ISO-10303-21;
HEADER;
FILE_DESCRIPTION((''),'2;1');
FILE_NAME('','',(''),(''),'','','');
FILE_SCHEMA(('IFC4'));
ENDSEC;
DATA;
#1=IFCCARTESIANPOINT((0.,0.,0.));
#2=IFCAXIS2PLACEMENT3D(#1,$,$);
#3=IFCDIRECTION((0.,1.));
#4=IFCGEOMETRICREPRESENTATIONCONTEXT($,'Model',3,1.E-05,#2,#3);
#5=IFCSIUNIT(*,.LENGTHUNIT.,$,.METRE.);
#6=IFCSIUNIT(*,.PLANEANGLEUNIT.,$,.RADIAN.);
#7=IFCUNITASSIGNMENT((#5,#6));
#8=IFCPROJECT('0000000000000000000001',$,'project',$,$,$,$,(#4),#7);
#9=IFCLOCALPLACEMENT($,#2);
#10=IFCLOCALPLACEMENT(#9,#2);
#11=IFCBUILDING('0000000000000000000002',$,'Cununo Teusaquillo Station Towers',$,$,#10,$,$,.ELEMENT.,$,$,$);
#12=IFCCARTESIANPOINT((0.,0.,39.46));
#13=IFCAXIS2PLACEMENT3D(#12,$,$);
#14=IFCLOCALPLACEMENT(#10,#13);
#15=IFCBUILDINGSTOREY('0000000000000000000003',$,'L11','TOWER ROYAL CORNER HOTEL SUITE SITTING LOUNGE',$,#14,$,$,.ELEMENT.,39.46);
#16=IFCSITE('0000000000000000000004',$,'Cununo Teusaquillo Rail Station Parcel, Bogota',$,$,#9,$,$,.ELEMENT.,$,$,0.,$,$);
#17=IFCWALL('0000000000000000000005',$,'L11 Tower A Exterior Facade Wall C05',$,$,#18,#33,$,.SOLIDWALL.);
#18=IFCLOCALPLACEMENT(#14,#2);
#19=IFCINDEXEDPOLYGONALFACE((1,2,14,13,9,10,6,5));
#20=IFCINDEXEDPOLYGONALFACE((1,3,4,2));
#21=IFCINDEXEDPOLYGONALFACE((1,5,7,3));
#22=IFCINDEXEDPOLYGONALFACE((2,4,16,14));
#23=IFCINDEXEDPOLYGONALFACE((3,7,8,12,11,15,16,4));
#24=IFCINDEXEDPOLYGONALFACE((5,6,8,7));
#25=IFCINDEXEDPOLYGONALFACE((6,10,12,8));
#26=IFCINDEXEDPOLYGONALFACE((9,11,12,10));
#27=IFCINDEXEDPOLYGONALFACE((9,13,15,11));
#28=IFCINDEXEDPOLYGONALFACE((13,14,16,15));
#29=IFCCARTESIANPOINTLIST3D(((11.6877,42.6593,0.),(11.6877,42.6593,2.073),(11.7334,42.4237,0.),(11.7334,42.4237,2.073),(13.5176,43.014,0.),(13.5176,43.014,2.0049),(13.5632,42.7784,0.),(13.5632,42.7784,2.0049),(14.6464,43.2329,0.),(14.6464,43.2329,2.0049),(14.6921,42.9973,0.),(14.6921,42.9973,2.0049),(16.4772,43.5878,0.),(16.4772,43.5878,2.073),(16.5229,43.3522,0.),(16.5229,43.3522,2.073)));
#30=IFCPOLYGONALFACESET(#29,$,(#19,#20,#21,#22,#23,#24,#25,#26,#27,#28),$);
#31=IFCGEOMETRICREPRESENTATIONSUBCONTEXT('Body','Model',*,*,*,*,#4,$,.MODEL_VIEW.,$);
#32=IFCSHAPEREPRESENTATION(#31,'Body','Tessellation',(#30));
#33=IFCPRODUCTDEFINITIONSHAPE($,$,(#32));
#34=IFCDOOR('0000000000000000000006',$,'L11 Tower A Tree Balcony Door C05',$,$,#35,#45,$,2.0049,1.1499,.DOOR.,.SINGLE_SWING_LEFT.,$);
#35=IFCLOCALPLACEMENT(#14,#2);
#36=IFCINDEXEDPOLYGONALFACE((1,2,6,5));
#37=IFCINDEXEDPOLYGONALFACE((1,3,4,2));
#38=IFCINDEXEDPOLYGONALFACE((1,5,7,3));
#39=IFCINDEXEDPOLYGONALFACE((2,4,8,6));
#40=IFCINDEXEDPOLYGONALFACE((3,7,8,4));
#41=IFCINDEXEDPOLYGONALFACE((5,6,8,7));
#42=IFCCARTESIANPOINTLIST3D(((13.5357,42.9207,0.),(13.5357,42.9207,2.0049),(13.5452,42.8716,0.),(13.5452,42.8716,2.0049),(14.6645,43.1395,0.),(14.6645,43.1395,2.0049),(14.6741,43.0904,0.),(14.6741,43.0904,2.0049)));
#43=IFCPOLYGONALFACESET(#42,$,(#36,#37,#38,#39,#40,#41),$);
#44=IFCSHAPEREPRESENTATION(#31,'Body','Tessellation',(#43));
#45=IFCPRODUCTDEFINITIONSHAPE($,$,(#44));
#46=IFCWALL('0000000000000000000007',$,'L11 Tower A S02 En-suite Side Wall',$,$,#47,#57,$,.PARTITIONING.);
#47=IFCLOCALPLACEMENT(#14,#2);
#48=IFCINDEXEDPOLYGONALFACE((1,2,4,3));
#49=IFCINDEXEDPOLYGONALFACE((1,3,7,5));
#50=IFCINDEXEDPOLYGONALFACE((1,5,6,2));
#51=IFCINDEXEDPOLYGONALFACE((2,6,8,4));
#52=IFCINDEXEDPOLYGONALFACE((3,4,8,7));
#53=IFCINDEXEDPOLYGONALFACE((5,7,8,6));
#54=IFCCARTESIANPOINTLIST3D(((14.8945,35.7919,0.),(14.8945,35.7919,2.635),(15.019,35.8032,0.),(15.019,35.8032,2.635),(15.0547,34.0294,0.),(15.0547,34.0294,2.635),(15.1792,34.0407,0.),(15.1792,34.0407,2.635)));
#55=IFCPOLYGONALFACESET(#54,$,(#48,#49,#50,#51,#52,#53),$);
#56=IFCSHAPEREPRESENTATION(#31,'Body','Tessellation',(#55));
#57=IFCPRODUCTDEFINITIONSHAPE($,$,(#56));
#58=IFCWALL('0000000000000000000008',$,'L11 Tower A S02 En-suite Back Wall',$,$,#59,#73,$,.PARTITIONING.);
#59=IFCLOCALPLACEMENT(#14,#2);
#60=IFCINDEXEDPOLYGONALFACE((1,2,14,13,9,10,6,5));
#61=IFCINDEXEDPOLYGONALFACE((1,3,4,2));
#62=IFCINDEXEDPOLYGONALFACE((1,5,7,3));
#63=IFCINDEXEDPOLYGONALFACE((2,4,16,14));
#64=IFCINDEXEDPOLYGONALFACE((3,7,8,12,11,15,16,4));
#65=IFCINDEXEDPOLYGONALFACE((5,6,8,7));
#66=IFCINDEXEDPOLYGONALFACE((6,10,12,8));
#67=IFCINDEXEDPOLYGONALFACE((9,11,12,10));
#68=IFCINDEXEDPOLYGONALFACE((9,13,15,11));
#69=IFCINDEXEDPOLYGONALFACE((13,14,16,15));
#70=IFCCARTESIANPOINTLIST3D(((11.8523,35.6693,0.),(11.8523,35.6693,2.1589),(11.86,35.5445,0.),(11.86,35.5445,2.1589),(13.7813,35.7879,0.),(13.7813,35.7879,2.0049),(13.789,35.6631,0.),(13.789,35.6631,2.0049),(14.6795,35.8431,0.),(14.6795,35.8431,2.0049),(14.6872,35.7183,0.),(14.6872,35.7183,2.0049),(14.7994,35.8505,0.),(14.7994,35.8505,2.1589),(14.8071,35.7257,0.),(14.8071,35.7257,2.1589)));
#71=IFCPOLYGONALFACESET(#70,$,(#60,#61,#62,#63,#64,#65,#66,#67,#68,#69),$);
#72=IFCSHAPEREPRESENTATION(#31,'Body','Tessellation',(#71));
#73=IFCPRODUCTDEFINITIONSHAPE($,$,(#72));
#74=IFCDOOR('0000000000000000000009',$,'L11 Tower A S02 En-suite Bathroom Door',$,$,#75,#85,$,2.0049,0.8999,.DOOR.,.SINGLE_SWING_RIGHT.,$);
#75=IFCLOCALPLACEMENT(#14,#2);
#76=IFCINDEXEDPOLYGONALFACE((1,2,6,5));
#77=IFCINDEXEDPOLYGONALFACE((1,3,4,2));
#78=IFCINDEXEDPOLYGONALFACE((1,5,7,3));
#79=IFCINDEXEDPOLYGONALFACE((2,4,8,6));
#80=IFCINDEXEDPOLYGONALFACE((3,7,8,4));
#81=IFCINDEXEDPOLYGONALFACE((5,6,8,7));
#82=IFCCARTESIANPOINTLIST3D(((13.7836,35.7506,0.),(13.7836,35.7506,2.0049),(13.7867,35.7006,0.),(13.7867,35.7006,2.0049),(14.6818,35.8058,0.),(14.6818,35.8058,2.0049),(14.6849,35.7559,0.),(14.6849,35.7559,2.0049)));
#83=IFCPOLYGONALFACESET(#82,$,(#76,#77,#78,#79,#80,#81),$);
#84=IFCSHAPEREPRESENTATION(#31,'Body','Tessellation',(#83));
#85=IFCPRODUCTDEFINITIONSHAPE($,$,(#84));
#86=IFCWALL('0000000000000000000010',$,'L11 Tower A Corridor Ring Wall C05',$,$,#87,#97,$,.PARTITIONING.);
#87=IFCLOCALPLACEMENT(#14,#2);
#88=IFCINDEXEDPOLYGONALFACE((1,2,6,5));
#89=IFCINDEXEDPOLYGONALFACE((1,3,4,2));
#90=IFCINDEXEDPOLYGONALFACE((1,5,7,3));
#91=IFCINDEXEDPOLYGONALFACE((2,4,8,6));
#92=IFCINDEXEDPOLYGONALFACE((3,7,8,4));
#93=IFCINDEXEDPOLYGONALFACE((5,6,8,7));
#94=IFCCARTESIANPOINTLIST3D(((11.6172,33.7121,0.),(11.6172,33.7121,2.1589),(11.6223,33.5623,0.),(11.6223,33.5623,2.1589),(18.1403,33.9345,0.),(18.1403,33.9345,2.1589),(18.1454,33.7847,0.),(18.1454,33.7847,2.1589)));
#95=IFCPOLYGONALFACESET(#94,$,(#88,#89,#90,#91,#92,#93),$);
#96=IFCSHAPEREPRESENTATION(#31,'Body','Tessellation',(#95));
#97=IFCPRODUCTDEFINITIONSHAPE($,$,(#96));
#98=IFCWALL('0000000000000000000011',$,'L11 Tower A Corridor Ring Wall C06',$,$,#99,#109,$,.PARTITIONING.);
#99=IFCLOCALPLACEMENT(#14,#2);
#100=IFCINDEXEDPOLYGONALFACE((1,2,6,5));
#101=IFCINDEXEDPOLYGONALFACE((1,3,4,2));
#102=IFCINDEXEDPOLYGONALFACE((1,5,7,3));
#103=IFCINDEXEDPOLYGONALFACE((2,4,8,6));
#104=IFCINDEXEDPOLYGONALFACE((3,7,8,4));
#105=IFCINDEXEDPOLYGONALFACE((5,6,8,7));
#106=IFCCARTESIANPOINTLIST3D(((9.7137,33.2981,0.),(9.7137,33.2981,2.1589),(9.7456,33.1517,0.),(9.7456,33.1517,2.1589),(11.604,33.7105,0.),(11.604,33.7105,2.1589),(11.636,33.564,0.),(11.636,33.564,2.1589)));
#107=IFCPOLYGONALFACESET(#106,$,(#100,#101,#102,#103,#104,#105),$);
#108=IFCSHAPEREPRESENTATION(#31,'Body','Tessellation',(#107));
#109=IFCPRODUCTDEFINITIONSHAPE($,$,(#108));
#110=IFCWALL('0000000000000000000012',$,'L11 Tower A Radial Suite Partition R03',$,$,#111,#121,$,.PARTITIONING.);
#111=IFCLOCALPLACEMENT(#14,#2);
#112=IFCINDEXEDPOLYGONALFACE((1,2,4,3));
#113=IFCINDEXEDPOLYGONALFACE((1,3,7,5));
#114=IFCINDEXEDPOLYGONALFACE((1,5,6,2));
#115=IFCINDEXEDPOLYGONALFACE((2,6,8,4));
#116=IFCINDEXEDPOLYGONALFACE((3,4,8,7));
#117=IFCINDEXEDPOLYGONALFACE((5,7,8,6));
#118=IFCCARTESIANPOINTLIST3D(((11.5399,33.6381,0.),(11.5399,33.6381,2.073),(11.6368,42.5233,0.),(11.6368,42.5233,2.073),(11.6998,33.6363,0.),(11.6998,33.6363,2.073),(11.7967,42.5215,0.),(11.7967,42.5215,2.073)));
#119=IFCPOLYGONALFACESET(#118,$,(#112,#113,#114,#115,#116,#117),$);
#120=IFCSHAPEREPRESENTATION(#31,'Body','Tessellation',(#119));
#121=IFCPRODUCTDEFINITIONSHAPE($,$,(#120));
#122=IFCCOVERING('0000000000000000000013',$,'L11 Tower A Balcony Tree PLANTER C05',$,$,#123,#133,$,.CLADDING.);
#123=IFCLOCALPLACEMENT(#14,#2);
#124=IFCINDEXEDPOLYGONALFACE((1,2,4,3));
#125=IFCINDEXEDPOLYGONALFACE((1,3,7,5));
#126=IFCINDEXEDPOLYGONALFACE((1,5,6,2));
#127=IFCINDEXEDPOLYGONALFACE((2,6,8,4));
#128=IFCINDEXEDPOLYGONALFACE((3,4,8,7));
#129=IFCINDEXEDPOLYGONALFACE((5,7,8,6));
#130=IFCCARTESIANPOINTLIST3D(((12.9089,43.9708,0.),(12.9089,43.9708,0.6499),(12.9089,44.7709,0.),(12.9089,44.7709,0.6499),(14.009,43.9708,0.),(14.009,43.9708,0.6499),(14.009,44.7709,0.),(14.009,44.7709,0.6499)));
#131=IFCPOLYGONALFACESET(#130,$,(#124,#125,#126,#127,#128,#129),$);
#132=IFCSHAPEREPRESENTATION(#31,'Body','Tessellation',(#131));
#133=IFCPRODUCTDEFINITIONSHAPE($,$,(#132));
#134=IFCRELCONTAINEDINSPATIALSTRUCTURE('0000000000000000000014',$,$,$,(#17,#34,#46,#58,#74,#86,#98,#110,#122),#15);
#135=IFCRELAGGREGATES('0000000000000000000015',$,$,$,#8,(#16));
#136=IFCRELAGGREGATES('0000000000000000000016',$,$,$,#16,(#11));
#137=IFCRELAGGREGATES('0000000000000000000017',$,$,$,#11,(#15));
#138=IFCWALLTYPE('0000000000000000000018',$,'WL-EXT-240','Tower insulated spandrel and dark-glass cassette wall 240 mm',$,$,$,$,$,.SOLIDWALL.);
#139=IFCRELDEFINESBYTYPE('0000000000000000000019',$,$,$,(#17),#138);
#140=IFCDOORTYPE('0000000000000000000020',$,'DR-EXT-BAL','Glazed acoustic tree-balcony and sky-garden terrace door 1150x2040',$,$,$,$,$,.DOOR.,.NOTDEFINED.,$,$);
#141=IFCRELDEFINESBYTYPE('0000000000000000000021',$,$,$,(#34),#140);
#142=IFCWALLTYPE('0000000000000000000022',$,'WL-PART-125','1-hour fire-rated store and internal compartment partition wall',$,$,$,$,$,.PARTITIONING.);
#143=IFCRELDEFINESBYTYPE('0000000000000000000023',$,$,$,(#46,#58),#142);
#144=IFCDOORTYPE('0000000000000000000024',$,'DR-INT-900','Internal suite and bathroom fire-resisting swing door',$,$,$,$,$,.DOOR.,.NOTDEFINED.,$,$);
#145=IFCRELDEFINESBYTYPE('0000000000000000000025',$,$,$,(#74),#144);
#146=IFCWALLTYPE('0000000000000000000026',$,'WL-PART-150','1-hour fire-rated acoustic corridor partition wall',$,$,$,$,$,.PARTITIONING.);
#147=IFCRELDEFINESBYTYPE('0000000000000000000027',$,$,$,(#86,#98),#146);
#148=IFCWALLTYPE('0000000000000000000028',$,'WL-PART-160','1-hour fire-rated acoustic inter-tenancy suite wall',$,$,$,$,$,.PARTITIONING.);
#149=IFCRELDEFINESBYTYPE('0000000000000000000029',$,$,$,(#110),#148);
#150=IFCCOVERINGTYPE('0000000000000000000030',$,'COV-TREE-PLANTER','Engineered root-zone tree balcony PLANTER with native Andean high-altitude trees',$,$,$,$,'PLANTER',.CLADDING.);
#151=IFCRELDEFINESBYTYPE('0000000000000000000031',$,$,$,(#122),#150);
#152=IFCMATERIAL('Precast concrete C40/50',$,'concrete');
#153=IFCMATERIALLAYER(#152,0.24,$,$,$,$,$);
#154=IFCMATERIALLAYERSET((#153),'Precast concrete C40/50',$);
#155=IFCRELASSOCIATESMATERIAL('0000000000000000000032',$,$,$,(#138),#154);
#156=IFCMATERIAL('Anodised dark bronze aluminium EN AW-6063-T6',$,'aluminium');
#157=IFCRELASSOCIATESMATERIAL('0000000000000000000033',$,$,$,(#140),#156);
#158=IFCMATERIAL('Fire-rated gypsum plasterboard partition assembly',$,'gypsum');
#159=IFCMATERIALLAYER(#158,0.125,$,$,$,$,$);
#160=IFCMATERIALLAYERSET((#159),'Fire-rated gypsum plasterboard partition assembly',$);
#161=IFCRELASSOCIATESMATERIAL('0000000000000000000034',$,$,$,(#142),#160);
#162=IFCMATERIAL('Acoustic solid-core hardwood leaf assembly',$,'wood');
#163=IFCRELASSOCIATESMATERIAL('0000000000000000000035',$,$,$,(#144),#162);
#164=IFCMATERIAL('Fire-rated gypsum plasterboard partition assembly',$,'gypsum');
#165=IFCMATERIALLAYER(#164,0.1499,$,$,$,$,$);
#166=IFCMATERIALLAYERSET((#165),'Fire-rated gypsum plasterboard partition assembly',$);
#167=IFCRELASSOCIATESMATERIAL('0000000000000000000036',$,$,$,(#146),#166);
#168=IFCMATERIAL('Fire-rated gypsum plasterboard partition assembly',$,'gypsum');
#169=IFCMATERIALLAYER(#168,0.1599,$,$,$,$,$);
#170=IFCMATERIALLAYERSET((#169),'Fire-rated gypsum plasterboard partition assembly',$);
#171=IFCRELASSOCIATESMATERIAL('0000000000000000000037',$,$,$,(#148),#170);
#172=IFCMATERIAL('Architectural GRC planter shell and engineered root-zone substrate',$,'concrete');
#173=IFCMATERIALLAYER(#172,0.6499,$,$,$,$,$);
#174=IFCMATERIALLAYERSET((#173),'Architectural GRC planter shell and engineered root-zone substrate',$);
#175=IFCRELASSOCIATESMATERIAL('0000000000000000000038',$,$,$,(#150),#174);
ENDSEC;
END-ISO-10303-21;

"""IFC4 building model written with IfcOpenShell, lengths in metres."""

from ifc_helpers import new_model, si_unit, direction, frame, frame_2d, origin, origin_2d, place, context, subcontext, project, spatial, rectangle, extrude, source, transform, mapped, material, layer, layer_set, type_object, element, fill, save


model = new_model("IFC4")

# Units and contexts
model_context = context("Model", 3, precision=1e-05, world=origin(), true_north=direction((0.0, 1.0)))
body_context = subcontext(model_context, "Body", "Model", "MODEL_VIEW")
ifc_project = project(units=[si_unit("LENGTHUNIT", "METRE"), si_unit("PLANEANGLEUNIT", "RADIAN")], contexts=[model_context])

# Site, building, storey
site_placement = place(None, origin())
site = spatial("IfcSite", under=ifc_project, at=site_placement, Name="Cununo Teusaquillo Rail Station Parcel, Bogota", CompositionType="ELEMENT", RefElevation=0.0)
building_placement = place(site_placement, origin())
building = spatial("IfcBuilding", under=site, at=building_placement, Name="Cununo Teusaquillo Station Towers", CompositionType="ELEMENT")
storey_placement = place(building_placement, frame((0.0, 0.0, 39.46)))
storey = spatial("IfcBuildingStorey", under=building, at=storey_placement, Name="L11", Description="TOWER ROYAL CORNER HOTEL SUITE SITTING LOUNGE", CompositionType="ELEMENT", Elevation=39.46)

# Shared definitions
ifc_material_1 = material(Name="Precast concrete C40/50", Category="concrete")
ifc_layer_1 = layer(ifc_material_1, 0.24)
ifc_layer_set_1 = layer_set([ifc_layer_1], Name="Precast concrete C40/50")
wall_type_1 = type_object("IfcWallType", Name="WL-EXT-240", Description="Tower insulated spandrel and dark-glass cassette wall 240 mm", PredefinedType="SOLIDWALL", material=ifc_layer_set_1)

# Wall, opening, door
wall_1_placement = place(storey_placement, frame((11.7104, 42.5415, 0.0), z_axis=(0.0, 0.0, 1.0), x_axis=(0.981724, 0.19031, 0.0)))
wall_1 = element("IfcWall", 1, at=wall_1_placement, inside=storey, type_object=wall_type_1, Name="L11 Tower A Exterior Facade Wall C05", PredefinedType="SOLIDWALL", context=body_context, shape_type="SweptSolid", body=[
    extrude(rectangle(XDim=4.8787, YDim=0.24, at=frame_2d((2.4395, 0.0))), origin(), (0.0, 0.0, 1.0), 2.073),
])
shared_shape_1 = source(origin(), body_context, "Body", "SweptSolid", [
    extrude(rectangle(XDim=1.1499, YDim=2.0049, at=frame_2d((0.575, 1.0024))), frame((0.0, 0.1299, 0.0), z_axis=(0.0, -1.0, 0.0), x_axis=(1.0, 0.0, 0.0)), (0.0, 0.0, 1.0), 0.26),
])
opening_1_placement = place(wall_1_placement, frame((1.864, 0.0, 0.0)))
opening_1 = element("IfcOpeningElement", 2, at=opening_1_placement, cuts=wall_1, PredefinedType="OPENING", context=body_context, shape_type="MappedRepresentation", body=[
    mapped(shared_shape_1, transform((0.0, 0.0, 0.0), x_axis=(1.0, 0.0, 0.0), y_axis=(0.0, 1.0, 0.0), z_axis=(0.0, 0.0, 1.0), scale=1.0)),
])
ifc_material_2 = material(Name="Anodised dark bronze aluminium EN AW-6063-T6", Category="aluminium")
door_type_1 = type_object("IfcDoorType", Name="DR-EXT-BAL", Description="Glazed acoustic tree-balcony and sky-garden terrace door 1150x2040", OperationType="NOTDEFINED", PredefinedType="DOOR", material=ifc_material_2)
shared_shape_2 = source(origin(), body_context, "Body", "SweptSolid", [
    extrude(rectangle(XDim=1.1499, YDim=2.0049, at=frame_2d((0.575, 1.0024))), frame((0.0, 0.0249, 0.0), z_axis=(0.0, -1.0, 0.0), x_axis=(1.0, 0.0, 0.0)), (0.0, 0.0, 1.0), 0.05),
])
door_1_placement = place(opening_1_placement, origin())
door_1 = element("IfcDoor", 3, at=door_1_placement, inside=storey, type_object=door_type_1, Name="L11 Tower A Tree Balcony Door C05", OperationType="SINGLE_SWING_LEFT", OverallHeight=2.0049, OverallWidth=1.1499, PredefinedType="DOOR", context=body_context, shape_type="MappedRepresentation", body=[
    mapped(shared_shape_2, transform((0.0, 0.0, 0.0), x_axis=(1.0, 0.0, 0.0), y_axis=(0.0, 1.0, 0.0), z_axis=(0.0, 0.0, 1.0), scale=1.0)),
])
fill(opening_1, door_1)

# Wall
ifc_material_3 = material(Name="Fire-rated gypsum plasterboard partition assembly", Category="gypsum")
ifc_layer_2 = layer(ifc_material_3, 0.125)
ifc_layer_set_2 = layer_set([ifc_layer_2], Name="Fire-rated gypsum plasterboard partition assembly")
wall_type_2 = type_object("IfcWallType", Name="WL-PART-125", Description="1-hour fire-rated store and internal compartment partition wall", PredefinedType="PARTITIONING", material=ifc_layer_set_2)
wall_2_placement = place(storey_placement, frame((15.1169, 34.0352, 0.0), z_axis=(0.0, 0.0, 1.0), x_axis=(-0.090498, 0.995897, 0.0)))
element("IfcWall", 4, at=wall_2_placement, inside=storey, type_object=wall_type_2, Name="L11 Tower A S02 En-suite Side Wall", PredefinedType="PARTITIONING", context=body_context, shape_type="SweptSolid", body=[
    extrude(rectangle(XDim=1.7698, YDim=0.125, at=frame_2d((0.8848, 0.0))), origin(), (0.0, 0.0, 1.0), 2.635),
])

# Wall, opening, door
wall_3_placement = place(storey_placement, frame((14.8032, 35.7881, 0.0), z_axis=(0.0, 0.0, 1.0), x_axis=(-0.998116, -0.061354, 0.0)))
wall_3 = element("IfcWall", 5, at=wall_3_placement, inside=storey, type_object=wall_type_2, Name="L11 Tower A S02 En-suite Back Wall", PredefinedType="PARTITIONING", context=body_context, shape_type="SweptSolid", body=[
    extrude(rectangle(XDim=2.9526, YDim=0.125, at=frame_2d((1.4763, 0.0))), origin(), (0.0, 0.0, 1.0), 2.1589),
])
shared_shape_3 = source(origin(), body_context, "Body", "SweptSolid", [
    extrude(rectangle(XDim=0.8999, YDim=2.0049, at=frame_2d((0.45, 1.0024))), frame((0.0, 0.0725, 0.0), z_axis=(0.0, -1.0, 0.0), x_axis=(1.0, 0.0, 0.0)), (0.0, 0.0, 1.0), 0.145),
])
opening_2_placement = place(wall_3_placement, frame((0.1201, 0.0, 0.0)))
opening_2 = element("IfcOpeningElement", 6, at=opening_2_placement, cuts=wall_3, PredefinedType="OPENING", context=body_context, shape_type="MappedRepresentation", body=[
    mapped(shared_shape_3, transform((0.0, 0.0, 0.0), x_axis=(1.0, 0.0, 0.0), y_axis=(0.0, 1.0, 0.0), z_axis=(0.0, 0.0, 1.0), scale=1.0)),
])
ifc_material_4 = material(Name="Acoustic solid-core hardwood leaf assembly", Category="wood")
door_type_2 = type_object("IfcDoorType", Name="DR-INT-900", Description="Internal suite and bathroom fire-resisting swing door", OperationType="NOTDEFINED", PredefinedType="DOOR", material=ifc_material_4)
shared_shape_4 = source(origin(), body_context, "Body", "SweptSolid", [
    extrude(rectangle(XDim=0.8999, YDim=2.0049, at=frame_2d((0.45, 1.0024))), frame((0.0, 0.0249, 0.0), z_axis=(0.0, -1.0, 0.0), x_axis=(1.0, 0.0, 0.0)), (0.0, 0.0, 1.0), 0.05),
])
door_2_placement = place(opening_2_placement, origin())
door_2 = element("IfcDoor", 7, at=door_2_placement, inside=storey, type_object=door_type_2, Name="L11 Tower A S02 En-suite Bathroom Door", OperationType="SINGLE_SWING_RIGHT", OverallHeight=2.0049, OverallWidth=0.8999, PredefinedType="DOOR", context=body_context, shape_type="MappedRepresentation", body=[
    mapped(shared_shape_4, transform((0.0, 0.0, 0.0), x_axis=(1.0, 0.0, 0.0), y_axis=(0.0, 1.0, 0.0), z_axis=(0.0, 0.0, 1.0), scale=1.0)),
])
fill(opening_2, door_2)

# Walls
ifc_material_5 = material(Name="Fire-rated gypsum plasterboard partition assembly", Category="gypsum")
ifc_layer_3 = layer(ifc_material_5, 0.1499)
ifc_layer_set_3 = layer_set([ifc_layer_3], Name="Fire-rated gypsum plasterboard partition assembly")
wall_type_3 = type_object("IfcWallType", Name="WL-PART-150", Description="1-hour fire-rated acoustic corridor partition wall", PredefinedType="PARTITIONING", material=ifc_layer_set_3)
wall_4_placement = place(storey_placement, frame((18.1428, 33.8596, 0.0), z_axis=(0.0, 0.0, 1.0), x_axis=(-0.999419, -0.034077, 0.0)))
element("IfcWall", 8, at=wall_4_placement, inside=storey, type_object=wall_type_3, Name="L11 Tower A Corridor Ring Wall C05", PredefinedType="PARTITIONING", context=body_context, shape_type="SweptSolid", body=[
    extrude(rectangle(XDim=6.5269, YDim=0.1499, at=frame_2d((3.2634, 0.0))), origin(), (0.0, 0.0, 1.0), 2.1589),
])
wall_5_placement = place(storey_placement, frame((11.6199, 33.6372, 0.0), z_axis=(0.0, 0.0, 1.0), x_axis=(-0.977026, -0.213121, 0.0)))
element("IfcWall", 9, at=wall_5_placement, inside=storey, type_object=wall_type_3, Name="L11 Tower A Corridor Ring Wall C06", PredefinedType="PARTITIONING", context=body_context, shape_type="SweptSolid", body=[
    extrude(rectangle(XDim=1.9348, YDim=0.1499, at=frame_2d((0.9673, 0.0))), origin(), (0.0, 0.0, 1.0), 2.1589),
])
ifc_material_6 = material(Name="Fire-rated gypsum plasterboard partition assembly", Category="gypsum")
ifc_layer_4 = layer(ifc_material_6, 0.1599)
ifc_layer_set_4 = layer_set([ifc_layer_4], Name="Fire-rated gypsum plasterboard partition assembly")
wall_type_4 = type_object("IfcWallType", Name="WL-PART-160", Description="1-hour fire-rated acoustic inter-tenancy suite wall", PredefinedType="PARTITIONING", material=ifc_layer_set_4)
wall_6_placement = place(storey_placement, frame((11.6199, 33.6372, 0.0), z_axis=(0.0, 0.0, 1.0), x_axis=(0.010908, 0.999941, 0.0)))
element("IfcWall", 10, at=wall_6_placement, inside=storey, type_object=wall_type_4, Name="L11 Tower A Radial Suite Partition R03", PredefinedType="PARTITIONING", context=body_context, shape_type="SweptSolid", body=[
    extrude(rectangle(XDim=8.8857, YDim=0.1599, at=frame_2d((4.4429, 0.0))), origin(), (0.0, 0.0, 1.0), 2.073),
])

# Covering
ifc_material_7 = material(Name="Architectural GRC planter shell and engineered root-zone substrate", Category="concrete")
ifc_layer_5 = layer(ifc_material_7, 0.6499)
ifc_layer_set_5 = layer_set([ifc_layer_5], Name="Architectural GRC planter shell and engineered root-zone substrate")
covering_type = type_object("IfcCoveringType", Name="COV-TREE-PLANTER", Description="Engineered root-zone tree balcony PLANTER with native Andean high-altitude trees", ElementType="PLANTER", PredefinedType="CLADDING", material=ifc_layer_set_5)
shared_shape_5 = source(origin(), body_context, "Body", "SweptSolid", [
    extrude(rectangle(XDim=1.1001, YDim=0.8, at=origin_2d()), origin(), (0.0, 0.0, 1.0), 0.6499),
])
covering_placement = place(storey_placement, frame((13.459, 44.3708, 0.0), z_axis=(0.0, 0.0, 1.0), x_axis=(1.0, 0.0, 0.0)))
element("IfcCovering", 11, at=covering_placement, inside=storey, type_object=covering_type, Name="L11 Tower A Balcony Tree PLANTER C05", PredefinedType="CLADDING", context=body_context, shape_type="MappedRepresentation", body=[
    mapped(shared_shape_5, transform((0.0, 0.0, 0.0), x_axis=(1.0, 0.0, 0.0), y_axis=(0.0, 1.0, 0.0), z_axis=(0.0, 0.0, 1.0), scale=1.0)),
])

save(model, "model.ifc")
